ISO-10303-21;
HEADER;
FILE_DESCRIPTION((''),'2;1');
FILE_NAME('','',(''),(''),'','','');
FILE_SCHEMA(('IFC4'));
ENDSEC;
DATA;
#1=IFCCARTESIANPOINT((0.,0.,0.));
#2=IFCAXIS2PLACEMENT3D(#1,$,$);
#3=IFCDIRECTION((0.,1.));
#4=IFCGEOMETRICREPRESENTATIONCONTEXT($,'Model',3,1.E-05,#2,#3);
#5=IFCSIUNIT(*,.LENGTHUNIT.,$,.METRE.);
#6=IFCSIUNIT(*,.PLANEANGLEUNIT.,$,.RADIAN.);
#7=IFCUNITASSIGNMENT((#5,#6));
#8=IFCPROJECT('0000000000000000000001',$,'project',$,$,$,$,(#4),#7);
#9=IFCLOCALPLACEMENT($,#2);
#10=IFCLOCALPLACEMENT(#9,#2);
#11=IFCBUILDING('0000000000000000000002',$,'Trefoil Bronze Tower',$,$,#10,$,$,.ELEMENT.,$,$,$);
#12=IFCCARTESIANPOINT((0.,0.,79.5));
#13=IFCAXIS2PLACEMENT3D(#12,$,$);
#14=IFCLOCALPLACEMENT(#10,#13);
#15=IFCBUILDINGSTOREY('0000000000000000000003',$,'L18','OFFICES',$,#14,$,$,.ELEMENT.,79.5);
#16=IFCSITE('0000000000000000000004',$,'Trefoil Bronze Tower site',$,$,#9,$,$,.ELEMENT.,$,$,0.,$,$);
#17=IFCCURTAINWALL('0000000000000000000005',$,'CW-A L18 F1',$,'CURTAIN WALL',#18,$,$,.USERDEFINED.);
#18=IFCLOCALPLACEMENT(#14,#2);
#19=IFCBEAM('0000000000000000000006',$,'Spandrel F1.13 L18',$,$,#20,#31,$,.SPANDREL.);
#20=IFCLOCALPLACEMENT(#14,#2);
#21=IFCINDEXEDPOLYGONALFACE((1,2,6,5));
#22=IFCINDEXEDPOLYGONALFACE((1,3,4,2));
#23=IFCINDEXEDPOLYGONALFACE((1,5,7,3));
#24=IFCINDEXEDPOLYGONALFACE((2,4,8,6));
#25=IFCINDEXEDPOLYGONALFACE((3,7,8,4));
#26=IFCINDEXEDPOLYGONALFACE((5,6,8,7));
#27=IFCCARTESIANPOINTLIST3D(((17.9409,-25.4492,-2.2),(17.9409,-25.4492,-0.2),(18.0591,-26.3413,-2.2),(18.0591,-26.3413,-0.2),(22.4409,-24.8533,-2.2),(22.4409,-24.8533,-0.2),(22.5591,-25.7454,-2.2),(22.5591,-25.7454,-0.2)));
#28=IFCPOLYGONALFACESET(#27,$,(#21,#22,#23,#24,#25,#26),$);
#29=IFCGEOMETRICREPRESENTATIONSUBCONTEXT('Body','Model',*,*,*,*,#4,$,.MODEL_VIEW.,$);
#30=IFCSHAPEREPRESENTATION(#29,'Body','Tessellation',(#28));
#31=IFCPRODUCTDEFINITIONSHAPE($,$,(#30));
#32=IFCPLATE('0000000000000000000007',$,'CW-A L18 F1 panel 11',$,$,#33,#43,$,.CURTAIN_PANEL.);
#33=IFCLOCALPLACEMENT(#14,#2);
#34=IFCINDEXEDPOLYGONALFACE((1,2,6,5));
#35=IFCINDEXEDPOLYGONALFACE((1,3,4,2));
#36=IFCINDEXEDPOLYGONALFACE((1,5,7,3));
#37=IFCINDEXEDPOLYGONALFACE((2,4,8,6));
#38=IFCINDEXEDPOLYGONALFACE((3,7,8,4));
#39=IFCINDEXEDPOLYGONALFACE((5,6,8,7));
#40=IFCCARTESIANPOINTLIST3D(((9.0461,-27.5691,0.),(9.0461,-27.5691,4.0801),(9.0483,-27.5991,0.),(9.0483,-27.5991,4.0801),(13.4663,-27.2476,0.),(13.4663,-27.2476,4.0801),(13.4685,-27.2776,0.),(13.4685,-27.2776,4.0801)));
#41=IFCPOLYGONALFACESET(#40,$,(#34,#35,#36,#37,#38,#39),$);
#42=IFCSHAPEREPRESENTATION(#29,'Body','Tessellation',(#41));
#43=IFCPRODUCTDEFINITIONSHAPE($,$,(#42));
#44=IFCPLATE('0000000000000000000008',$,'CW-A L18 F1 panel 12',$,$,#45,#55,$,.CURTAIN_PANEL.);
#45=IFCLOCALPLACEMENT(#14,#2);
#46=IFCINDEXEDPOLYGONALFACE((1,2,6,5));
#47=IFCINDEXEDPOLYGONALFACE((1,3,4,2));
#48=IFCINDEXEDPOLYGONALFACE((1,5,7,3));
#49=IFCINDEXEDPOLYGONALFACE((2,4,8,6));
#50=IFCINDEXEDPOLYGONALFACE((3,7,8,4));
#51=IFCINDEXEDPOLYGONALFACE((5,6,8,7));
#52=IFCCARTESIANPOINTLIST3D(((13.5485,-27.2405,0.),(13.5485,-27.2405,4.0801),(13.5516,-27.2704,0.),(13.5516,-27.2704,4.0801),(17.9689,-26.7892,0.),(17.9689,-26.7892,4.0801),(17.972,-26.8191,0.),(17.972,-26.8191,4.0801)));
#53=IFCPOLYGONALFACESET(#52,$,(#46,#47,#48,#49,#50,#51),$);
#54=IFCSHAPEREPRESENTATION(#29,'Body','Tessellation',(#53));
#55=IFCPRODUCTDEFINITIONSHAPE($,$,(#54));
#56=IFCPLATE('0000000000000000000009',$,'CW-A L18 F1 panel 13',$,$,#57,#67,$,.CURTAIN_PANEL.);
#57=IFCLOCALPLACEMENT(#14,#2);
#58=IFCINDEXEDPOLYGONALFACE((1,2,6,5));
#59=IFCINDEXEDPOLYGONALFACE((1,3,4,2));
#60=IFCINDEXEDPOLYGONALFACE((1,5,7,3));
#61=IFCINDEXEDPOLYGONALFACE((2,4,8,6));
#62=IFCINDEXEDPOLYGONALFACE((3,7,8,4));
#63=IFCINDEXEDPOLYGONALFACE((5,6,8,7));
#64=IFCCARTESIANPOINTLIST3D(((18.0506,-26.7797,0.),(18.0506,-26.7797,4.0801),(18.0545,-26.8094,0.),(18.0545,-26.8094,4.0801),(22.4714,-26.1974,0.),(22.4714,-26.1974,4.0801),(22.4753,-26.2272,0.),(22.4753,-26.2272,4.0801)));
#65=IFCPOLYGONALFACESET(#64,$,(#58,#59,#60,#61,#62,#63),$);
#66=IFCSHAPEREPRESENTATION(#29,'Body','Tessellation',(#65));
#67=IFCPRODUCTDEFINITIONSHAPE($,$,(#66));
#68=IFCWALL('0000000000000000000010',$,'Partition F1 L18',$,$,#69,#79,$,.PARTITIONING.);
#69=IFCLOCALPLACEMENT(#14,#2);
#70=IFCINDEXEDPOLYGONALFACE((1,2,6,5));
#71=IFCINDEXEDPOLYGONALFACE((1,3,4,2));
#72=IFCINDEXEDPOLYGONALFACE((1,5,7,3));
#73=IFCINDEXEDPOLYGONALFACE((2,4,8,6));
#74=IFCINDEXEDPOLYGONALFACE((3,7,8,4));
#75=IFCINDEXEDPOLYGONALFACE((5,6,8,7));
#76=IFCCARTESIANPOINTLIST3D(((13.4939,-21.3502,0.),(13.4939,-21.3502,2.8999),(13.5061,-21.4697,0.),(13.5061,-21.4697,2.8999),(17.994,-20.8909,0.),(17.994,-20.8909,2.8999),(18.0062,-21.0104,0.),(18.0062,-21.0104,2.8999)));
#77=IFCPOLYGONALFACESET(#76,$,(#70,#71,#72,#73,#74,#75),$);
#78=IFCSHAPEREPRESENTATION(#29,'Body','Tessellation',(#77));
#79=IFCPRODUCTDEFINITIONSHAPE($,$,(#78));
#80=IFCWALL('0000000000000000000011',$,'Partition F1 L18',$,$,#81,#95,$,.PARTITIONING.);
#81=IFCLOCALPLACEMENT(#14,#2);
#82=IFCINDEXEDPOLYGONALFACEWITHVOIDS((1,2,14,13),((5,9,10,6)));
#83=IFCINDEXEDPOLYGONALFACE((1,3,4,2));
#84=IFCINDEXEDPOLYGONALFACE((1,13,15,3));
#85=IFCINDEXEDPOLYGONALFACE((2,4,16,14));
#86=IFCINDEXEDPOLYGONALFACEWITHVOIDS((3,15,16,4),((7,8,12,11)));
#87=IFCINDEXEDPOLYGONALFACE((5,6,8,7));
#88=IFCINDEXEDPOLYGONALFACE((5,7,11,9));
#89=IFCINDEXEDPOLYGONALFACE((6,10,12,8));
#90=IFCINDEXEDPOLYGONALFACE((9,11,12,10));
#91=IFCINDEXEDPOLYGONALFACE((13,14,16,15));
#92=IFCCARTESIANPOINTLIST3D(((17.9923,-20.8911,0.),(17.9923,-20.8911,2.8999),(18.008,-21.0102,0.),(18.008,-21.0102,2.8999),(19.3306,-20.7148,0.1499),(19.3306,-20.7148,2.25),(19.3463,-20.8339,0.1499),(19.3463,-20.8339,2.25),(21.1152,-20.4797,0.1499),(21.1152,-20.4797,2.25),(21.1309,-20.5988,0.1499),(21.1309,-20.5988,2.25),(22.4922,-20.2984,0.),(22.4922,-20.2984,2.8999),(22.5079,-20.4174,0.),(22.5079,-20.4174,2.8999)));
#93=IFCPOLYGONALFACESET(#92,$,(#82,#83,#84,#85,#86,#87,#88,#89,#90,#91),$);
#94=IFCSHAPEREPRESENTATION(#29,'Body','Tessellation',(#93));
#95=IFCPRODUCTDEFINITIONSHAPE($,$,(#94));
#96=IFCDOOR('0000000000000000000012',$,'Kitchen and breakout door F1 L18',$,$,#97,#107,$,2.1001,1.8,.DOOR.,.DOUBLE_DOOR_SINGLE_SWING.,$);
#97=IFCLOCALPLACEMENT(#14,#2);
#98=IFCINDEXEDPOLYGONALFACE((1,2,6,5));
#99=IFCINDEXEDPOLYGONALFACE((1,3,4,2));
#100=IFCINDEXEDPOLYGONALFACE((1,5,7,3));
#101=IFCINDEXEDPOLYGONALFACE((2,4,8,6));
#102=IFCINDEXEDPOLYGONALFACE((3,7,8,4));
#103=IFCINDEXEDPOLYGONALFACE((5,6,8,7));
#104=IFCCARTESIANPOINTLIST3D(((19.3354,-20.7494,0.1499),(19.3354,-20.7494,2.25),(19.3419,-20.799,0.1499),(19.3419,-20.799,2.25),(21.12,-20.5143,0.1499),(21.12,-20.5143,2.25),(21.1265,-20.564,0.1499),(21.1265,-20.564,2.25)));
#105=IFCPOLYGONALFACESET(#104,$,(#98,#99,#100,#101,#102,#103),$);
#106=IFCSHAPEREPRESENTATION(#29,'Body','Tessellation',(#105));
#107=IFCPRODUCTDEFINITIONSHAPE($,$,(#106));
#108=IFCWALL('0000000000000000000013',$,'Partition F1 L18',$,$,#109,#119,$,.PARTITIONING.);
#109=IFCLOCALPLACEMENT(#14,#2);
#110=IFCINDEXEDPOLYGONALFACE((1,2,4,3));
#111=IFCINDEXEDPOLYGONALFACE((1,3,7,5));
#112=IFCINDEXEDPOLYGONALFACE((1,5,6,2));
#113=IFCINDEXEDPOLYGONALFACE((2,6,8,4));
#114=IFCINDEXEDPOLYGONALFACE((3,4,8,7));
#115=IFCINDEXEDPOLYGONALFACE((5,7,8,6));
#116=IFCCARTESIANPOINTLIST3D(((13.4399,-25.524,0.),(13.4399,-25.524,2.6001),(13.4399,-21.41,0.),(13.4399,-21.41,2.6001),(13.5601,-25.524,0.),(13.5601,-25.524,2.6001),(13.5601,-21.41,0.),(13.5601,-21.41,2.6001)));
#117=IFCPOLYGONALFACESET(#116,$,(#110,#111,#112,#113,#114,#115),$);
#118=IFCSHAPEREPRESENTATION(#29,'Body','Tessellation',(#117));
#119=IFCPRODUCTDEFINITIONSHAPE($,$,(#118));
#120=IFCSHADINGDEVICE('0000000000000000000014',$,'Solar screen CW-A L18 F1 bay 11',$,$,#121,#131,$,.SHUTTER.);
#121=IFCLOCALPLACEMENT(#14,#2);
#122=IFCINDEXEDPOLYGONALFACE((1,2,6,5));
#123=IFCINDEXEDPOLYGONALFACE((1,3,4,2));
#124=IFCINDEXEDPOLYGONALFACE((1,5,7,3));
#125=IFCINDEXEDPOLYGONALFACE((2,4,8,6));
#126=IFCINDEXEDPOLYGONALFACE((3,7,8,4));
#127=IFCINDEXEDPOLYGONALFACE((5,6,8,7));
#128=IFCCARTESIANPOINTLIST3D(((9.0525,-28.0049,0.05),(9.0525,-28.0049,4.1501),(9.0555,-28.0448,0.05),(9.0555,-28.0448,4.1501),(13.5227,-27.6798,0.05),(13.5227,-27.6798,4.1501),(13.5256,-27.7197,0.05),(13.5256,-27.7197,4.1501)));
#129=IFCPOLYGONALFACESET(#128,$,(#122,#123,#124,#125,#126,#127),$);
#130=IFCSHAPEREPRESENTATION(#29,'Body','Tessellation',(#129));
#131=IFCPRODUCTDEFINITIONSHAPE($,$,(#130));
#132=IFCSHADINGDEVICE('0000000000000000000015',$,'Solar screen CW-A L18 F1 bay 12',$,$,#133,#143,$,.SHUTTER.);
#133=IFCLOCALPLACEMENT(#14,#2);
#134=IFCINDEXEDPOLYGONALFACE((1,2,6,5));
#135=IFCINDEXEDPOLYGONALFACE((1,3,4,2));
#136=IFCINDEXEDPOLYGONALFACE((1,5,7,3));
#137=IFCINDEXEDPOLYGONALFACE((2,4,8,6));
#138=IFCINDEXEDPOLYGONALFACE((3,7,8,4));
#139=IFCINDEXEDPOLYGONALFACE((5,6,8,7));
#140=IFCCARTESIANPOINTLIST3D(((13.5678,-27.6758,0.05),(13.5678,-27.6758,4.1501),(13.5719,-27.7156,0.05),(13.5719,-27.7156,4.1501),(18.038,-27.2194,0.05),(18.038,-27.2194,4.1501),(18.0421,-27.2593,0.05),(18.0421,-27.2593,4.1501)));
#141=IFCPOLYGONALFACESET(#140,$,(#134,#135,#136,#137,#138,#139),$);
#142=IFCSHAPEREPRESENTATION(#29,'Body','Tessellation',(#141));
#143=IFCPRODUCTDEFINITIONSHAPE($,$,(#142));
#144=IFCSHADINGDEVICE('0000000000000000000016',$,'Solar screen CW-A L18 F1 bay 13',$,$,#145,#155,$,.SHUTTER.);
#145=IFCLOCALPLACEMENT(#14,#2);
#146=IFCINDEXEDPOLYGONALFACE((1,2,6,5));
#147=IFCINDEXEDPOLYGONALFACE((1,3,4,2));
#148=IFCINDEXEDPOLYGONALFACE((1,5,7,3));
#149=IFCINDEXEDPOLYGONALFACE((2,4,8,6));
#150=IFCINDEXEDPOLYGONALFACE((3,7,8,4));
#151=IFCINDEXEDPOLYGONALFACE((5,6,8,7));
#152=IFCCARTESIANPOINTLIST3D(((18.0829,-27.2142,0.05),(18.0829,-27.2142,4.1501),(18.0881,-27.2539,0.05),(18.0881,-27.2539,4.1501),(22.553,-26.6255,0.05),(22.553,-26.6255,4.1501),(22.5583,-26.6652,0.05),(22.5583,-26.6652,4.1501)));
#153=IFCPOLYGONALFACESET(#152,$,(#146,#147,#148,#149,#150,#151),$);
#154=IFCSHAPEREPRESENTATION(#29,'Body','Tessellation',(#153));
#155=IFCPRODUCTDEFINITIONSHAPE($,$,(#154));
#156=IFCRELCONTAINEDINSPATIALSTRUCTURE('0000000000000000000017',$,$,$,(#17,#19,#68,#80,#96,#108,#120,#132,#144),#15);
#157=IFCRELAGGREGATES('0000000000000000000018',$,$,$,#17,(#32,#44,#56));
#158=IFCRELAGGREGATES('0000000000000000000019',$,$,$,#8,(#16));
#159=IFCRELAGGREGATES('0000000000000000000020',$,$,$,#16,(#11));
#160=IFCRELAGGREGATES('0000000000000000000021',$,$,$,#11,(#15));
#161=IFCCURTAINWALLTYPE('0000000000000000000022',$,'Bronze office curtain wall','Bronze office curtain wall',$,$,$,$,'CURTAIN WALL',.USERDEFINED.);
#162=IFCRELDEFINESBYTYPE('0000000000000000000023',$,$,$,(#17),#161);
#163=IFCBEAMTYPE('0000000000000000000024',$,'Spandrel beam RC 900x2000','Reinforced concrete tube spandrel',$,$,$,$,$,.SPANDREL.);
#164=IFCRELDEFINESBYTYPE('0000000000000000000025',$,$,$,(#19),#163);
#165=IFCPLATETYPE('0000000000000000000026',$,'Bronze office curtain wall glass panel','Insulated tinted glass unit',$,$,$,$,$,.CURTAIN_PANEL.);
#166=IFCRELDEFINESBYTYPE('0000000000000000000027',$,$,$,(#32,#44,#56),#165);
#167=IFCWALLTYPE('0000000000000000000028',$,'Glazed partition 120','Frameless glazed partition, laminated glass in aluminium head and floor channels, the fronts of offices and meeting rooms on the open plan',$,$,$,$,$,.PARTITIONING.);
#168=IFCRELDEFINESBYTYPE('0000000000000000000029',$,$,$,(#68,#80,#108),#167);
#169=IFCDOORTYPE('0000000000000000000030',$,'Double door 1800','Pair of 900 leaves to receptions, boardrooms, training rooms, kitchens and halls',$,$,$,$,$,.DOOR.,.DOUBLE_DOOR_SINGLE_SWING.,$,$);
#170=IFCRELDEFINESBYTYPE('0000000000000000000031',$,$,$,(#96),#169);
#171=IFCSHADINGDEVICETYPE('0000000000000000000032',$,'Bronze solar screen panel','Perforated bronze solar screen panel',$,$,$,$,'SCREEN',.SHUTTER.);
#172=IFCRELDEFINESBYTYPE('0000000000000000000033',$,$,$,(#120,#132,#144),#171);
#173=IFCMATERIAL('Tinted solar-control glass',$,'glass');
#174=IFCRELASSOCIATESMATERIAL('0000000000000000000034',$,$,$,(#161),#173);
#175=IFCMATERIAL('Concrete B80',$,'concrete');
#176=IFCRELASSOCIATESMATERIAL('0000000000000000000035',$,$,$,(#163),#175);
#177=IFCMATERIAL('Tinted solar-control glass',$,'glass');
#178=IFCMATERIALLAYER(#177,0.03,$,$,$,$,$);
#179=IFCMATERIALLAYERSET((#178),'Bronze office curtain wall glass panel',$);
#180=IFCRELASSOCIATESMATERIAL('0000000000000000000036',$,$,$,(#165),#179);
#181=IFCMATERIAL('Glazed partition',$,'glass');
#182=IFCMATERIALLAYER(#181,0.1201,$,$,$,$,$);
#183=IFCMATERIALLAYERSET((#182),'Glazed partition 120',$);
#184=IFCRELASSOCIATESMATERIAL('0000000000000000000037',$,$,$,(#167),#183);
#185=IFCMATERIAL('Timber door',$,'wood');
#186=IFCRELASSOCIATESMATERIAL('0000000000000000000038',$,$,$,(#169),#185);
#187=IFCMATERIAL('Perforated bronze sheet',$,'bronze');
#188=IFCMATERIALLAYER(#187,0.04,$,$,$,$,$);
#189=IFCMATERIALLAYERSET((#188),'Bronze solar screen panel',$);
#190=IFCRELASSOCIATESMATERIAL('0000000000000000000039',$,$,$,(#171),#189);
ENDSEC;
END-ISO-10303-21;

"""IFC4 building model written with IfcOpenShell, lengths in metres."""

from ifc_helpers import new_model, si_unit, direction, frame, frame_2d, origin, origin_2d, place, context, subcontext, project, spatial, rectangle, extrude, material, layer, layer_set, material_profile, profile_set, type_object, element, fill, aggregate, save


model = new_model("IFC4")

# Units and contexts
model_context = context("Model", 3, precision=1e-05, world=origin(), true_north=direction((0.0, 1.0)))
body_context = subcontext(model_context, "Body", "Model", "MODEL_VIEW")
ifc_project = project(units=[si_unit("LENGTHUNIT", "METRE"), si_unit("PLANEANGLEUNIT", "RADIAN")], contexts=[model_context])

# Site, building, storey
site_placement = place(None, origin())
site = spatial("IfcSite", under=ifc_project, at=site_placement, Name="Trefoil Bronze Tower site", CompositionType="ELEMENT", RefElevation=0.0)
building_placement = place(site_placement, origin())
building = spatial("IfcBuilding", under=site, at=building_placement, Name="Trefoil Bronze Tower", CompositionType="ELEMENT")
storey_placement = place(building_placement, frame((0.0, 0.0, 79.5)))
storey = spatial("IfcBuildingStorey", under=building, at=storey_placement, Name="L18", Description="OFFICES", CompositionType="ELEMENT", Elevation=79.5)

# Curtain wall
ifc_material_1 = material(Name="Tinted solar-control glass", Category="glass")
curtain_wall_type = type_object("IfcCurtainWallType", Name="Bronze office curtain wall", Description="Bronze office curtain wall", ElementType="CURTAIN WALL", PredefinedType="USERDEFINED", material=ifc_material_1)
curtain_wall_placement = place(storey_placement, origin())
curtain_wall = element("IfcCurtainWall", 1, at=curtain_wall_placement, inside=storey, type_object=curtain_wall_type, Name="CW-A L18 F1", ObjectType="CURTAIN WALL", PredefinedType="USERDEFINED")

# Beam
ifc_material_2 = material(Name="Concrete B80", Category="concrete")
ifc_material_profile_1 = material_profile(ifc_material_2, rectangle(XDim=0.8999, YDim=2.0, at=origin_2d()), Name="RC 900x2000")
ifc_profile_set_1 = profile_set([ifc_material_profile_1], Name="Concrete B80")
beam_type_1 = type_object("IfcBeamType", Name="Spandrel beam RC 900x2000", Description="Reinforced concrete tube spandrel", PredefinedType="SPANDREL", material=ifc_profile_set_1)
beam_1_placement = place(storey_placement, frame((18.0, -25.8953, -1.2), z_axis=(0.991344, 0.131286, 0.0), x_axis=(-0.131286, 0.991344, 0.0)))
element("IfcBeam", 2, at=beam_1_placement, inside=storey, type_object=beam_type_1, Name="Spandrel F1.13 L18", PredefinedType="SPANDREL", context=body_context, shape_type="SweptSolid", body=[
    extrude(rectangle(XDim=0.8999, YDim=2.0, at=origin_2d()), origin(), (0.0, 0.0, 1.0), 4.5393),
])

# Plates
ifc_material_3 = material(Name="Tinted solar-control glass", Category="glass")
ifc_layer_1 = layer(ifc_material_3, 0.03)
ifc_layer_set_1 = layer_set([ifc_layer_1], Name="Bronze office curtain wall glass panel")
plate_type = type_object("IfcPlateType", Name="Bronze office curtain wall glass panel", Description="Insulated tinted glass unit", PredefinedType="CURTAIN_PANEL", material=ifc_layer_set_1)
plate_1_placement = place(storey_placement, frame((11.2573, -27.4233, 0.0), z_axis=(0.0, 0.0, 1.0), x_axis=(0.997365, 0.072547, 0.0)))
plate_1 = element("IfcPlate", 3, at=plate_1_placement, type_object=plate_type, Name="CW-A L18 F1 panel 11", PredefinedType="CURTAIN_PANEL", context=body_context, shape_type="SweptSolid", body=[
    extrude(rectangle(XDim=4.4319, YDim=0.03, at=origin_2d()), origin(), (0.0, 0.0, 1.0), 4.0801),
])
plate_2_placement = place(storey_placement, frame((15.7603, -27.0298, 0.0), z_axis=(0.0, 0.0, 1.0), x_axis=(0.994829, 0.101565, 0.0)))
plate_2 = element("IfcPlate", 4, at=plate_2_placement, type_object=plate_type, Name="CW-A L18 F1 panel 12", PredefinedType="CURTAIN_PANEL", context=body_context, shape_type="SweptSolid", body=[
    extrude(rectangle(XDim=4.4434, YDim=0.03, at=origin_2d()), origin(), (0.0, 0.0, 1.0), 4.0801),
])
plate_3_placement = place(storey_placement, frame((20.2629, -26.5034, 0.0), z_axis=(0.0, 0.0, 1.0), x_axis=(0.991437, 0.130584, 0.0)))
plate_3 = element("IfcPlate", 5, at=plate_3_placement, type_object=plate_type, Name="CW-A L18 F1 panel 13", PredefinedType="CURTAIN_PANEL", context=body_context, shape_type="SweptSolid", body=[
    extrude(rectangle(XDim=4.459, YDim=0.03, at=origin_2d()), origin(), (0.0, 0.0, 1.0), 4.0801),
])
aggregate(curtain_wall, [plate_1, plate_2, plate_3])

# Wall
ifc_material_4 = material(Name="Glazed partition", Category="glass")
ifc_layer_2 = layer(ifc_material_4, 0.1201)
ifc_layer_set_2 = layer_set([ifc_layer_2], Name="Glazed partition 120")
wall_type = type_object("IfcWallType", Name="Glazed partition 120", Description="Frameless glazed partition, laminated glass in aluminium head and floor channels, the fronts of offices and meeting rooms on the open plan", PredefinedType="PARTITIONING", material=ifc_layer_set_2)
wall_1_placement = place(storey_placement, frame((13.5, -21.4099, 0.0), z_axis=(0.0, 0.0, 1.0), x_axis=(0.994833, 0.101523, 0.0)))
element("IfcWall", 6, at=wall_1_placement, inside=storey, type_object=wall_type, Name="Partition F1 L18", PredefinedType="PARTITIONING", context=body_context, shape_type="SweptSolid", body=[
    extrude(rectangle(XDim=4.5234, YDim=0.1201, at=frame_2d((2.2617, 0.0))), origin(), (0.0, 0.0, 1.0), 2.8999),
])

# Wall, opening, door
wall_2_placement = place(storey_placement, frame((18.0, -20.9507, 0.0), z_axis=(0.0, 0.0, 1.0), x_axis=(0.991435, 0.130599, 0.0)))
wall_2 = element("IfcWall", 7, at=wall_2_placement, inside=storey, type_object=wall_type, Name="Partition F1 L18", PredefinedType="PARTITIONING", context=body_context, shape_type="SweptSolid", body=[
    extrude(rectangle(XDim=4.5388, YDim=0.1201, at=frame_2d((2.2695, 0.0))), origin(), (0.0, 0.0, 1.0), 2.8999),
])
opening_placement = place(wall_2_placement, frame((1.3501, 0.0, 0.1499)))
opening = element("IfcOpeningElement", 8, at=opening_placement, cuts=wall_2, PredefinedType="OPENING", context=body_context, shape_type="SweptSolid", body=[
    extrude(rectangle(XDim=1.8, YDim=2.1001, at=frame_2d((0.8999, 1.05))), frame((0.0, 0.0701, 0.0), z_axis=(0.0, -1.0, 0.0), x_axis=(1.0, 0.0, 0.0)), (0.0, 0.0, 1.0), 0.1401),
])
ifc_material_5 = material(Name="Timber door", Category="wood")
door_type = type_object("IfcDoorType", Name="Double door 1800", Description="Pair of 900 leaves to receptions, boardrooms, training rooms, kitchens and halls", OperationType="DOUBLE_DOOR_SINGLE_SWING", PredefinedType="DOOR", material=ifc_material_5)
door_placement = place(opening_placement, frame((1.8, 0.0, 0.0), z_axis=(0.0, 0.0, 1.0), x_axis=(-1.0, 0.0, 0.0)))
door = element("IfcDoor", 9, at=door_placement, inside=storey, type_object=door_type, Name="Kitchen and breakout door F1 L18", OperationType="DOUBLE_DOOR_SINGLE_SWING", OverallHeight=2.1001, OverallWidth=1.8, PredefinedType="DOOR", context=body_context, shape_type="SweptSolid", body=[
    extrude(rectangle(XDim=1.8, YDim=2.1001, at=frame_2d((0.8999, 1.05))), frame((0.0, 0.0249, 0.0), z_axis=(0.0, -1.0, 0.0), x_axis=(1.0, 0.0, 0.0)), (0.0, 0.0, 1.0), 0.05),
])
fill(opening, door)

# Wall
wall_3_placement = place(storey_placement, frame((13.5, -21.4099, 0.0), z_axis=(0.0, 0.0, 1.0), x_axis=(0.0, -1.0, 0.0)))
element("IfcWall", 10, at=wall_3_placement, inside=storey, type_object=wall_type, Name="Partition F1 L18", PredefinedType="PARTITIONING", context=body_context, shape_type="SweptSolid", body=[
    extrude(rectangle(XDim=4.114, YDim=0.1201, at=frame_2d((2.0571, 0.0))), origin(), (0.0, 0.0, 1.0), 2.6001),
])

# Shading devices
ifc_material_6 = material(Name="Perforated bronze sheet", Category="bronze")
ifc_layer_3 = layer(ifc_material_6, 0.04)
ifc_layer_set_3 = layer_set([ifc_layer_3], Name="Bronze solar screen panel")
shading_device_type = type_object("IfcShadingDeviceType", Name="Bronze solar screen panel", Description="Perforated bronze solar screen panel", ElementType="SCREEN", PredefinedType="SHUTTER", material=ifc_layer_set_3)
shading_device_1_placement = place(storey_placement, frame((11.2891, -27.8623, 0.05), z_axis=(0.0, 0.0, 1.0), x_axis=(0.997365, 0.072547, 0.0)))
element("IfcShadingDevice", 11, at=shading_device_1_placement, inside=storey, type_object=shading_device_type, Name="Solar screen CW-A L18 F1 bay 11", PredefinedType="SHUTTER", context=body_context, shape_type="SweptSolid", body=[
    extrude(rectangle(XDim=4.4819, YDim=0.04, at=origin_2d()), origin(), (0.0, 0.0, 1.0), 4.1001),
])
shading_device_2_placement = place(storey_placement, frame((15.8049, -27.4675, 0.05), z_axis=(0.0, 0.0, 1.0), x_axis=(0.994829, 0.101565, 0.0)))
element("IfcShadingDevice", 12, at=shading_device_2_placement, inside=storey, type_object=shading_device_type, Name="Solar screen CW-A L18 F1 bay 12", PredefinedType="SHUTTER", context=body_context, shape_type="SweptSolid", body=[
    extrude(rectangle(XDim=4.4934, YDim=0.04, at=origin_2d()), origin(), (0.0, 0.0, 1.0), 4.1001),
])
shading_device_3_placement = place(storey_placement, frame((20.3206, -26.9397, 0.05), z_axis=(0.0, 0.0, 1.0), x_axis=(0.991437, 0.130584, 0.0)))
element("IfcShadingDevice", 13, at=shading_device_3_placement, inside=storey, type_object=shading_device_type, Name="Solar screen CW-A L18 F1 bay 13", PredefinedType="SHUTTER", context=body_context, shape_type="SweptSolid", body=[
    extrude(rectangle(XDim=4.5088, YDim=0.04, at=origin_2d()), origin(), (0.0, 0.0, 1.0), 4.1001),
])

save(model, "model.ifc")
